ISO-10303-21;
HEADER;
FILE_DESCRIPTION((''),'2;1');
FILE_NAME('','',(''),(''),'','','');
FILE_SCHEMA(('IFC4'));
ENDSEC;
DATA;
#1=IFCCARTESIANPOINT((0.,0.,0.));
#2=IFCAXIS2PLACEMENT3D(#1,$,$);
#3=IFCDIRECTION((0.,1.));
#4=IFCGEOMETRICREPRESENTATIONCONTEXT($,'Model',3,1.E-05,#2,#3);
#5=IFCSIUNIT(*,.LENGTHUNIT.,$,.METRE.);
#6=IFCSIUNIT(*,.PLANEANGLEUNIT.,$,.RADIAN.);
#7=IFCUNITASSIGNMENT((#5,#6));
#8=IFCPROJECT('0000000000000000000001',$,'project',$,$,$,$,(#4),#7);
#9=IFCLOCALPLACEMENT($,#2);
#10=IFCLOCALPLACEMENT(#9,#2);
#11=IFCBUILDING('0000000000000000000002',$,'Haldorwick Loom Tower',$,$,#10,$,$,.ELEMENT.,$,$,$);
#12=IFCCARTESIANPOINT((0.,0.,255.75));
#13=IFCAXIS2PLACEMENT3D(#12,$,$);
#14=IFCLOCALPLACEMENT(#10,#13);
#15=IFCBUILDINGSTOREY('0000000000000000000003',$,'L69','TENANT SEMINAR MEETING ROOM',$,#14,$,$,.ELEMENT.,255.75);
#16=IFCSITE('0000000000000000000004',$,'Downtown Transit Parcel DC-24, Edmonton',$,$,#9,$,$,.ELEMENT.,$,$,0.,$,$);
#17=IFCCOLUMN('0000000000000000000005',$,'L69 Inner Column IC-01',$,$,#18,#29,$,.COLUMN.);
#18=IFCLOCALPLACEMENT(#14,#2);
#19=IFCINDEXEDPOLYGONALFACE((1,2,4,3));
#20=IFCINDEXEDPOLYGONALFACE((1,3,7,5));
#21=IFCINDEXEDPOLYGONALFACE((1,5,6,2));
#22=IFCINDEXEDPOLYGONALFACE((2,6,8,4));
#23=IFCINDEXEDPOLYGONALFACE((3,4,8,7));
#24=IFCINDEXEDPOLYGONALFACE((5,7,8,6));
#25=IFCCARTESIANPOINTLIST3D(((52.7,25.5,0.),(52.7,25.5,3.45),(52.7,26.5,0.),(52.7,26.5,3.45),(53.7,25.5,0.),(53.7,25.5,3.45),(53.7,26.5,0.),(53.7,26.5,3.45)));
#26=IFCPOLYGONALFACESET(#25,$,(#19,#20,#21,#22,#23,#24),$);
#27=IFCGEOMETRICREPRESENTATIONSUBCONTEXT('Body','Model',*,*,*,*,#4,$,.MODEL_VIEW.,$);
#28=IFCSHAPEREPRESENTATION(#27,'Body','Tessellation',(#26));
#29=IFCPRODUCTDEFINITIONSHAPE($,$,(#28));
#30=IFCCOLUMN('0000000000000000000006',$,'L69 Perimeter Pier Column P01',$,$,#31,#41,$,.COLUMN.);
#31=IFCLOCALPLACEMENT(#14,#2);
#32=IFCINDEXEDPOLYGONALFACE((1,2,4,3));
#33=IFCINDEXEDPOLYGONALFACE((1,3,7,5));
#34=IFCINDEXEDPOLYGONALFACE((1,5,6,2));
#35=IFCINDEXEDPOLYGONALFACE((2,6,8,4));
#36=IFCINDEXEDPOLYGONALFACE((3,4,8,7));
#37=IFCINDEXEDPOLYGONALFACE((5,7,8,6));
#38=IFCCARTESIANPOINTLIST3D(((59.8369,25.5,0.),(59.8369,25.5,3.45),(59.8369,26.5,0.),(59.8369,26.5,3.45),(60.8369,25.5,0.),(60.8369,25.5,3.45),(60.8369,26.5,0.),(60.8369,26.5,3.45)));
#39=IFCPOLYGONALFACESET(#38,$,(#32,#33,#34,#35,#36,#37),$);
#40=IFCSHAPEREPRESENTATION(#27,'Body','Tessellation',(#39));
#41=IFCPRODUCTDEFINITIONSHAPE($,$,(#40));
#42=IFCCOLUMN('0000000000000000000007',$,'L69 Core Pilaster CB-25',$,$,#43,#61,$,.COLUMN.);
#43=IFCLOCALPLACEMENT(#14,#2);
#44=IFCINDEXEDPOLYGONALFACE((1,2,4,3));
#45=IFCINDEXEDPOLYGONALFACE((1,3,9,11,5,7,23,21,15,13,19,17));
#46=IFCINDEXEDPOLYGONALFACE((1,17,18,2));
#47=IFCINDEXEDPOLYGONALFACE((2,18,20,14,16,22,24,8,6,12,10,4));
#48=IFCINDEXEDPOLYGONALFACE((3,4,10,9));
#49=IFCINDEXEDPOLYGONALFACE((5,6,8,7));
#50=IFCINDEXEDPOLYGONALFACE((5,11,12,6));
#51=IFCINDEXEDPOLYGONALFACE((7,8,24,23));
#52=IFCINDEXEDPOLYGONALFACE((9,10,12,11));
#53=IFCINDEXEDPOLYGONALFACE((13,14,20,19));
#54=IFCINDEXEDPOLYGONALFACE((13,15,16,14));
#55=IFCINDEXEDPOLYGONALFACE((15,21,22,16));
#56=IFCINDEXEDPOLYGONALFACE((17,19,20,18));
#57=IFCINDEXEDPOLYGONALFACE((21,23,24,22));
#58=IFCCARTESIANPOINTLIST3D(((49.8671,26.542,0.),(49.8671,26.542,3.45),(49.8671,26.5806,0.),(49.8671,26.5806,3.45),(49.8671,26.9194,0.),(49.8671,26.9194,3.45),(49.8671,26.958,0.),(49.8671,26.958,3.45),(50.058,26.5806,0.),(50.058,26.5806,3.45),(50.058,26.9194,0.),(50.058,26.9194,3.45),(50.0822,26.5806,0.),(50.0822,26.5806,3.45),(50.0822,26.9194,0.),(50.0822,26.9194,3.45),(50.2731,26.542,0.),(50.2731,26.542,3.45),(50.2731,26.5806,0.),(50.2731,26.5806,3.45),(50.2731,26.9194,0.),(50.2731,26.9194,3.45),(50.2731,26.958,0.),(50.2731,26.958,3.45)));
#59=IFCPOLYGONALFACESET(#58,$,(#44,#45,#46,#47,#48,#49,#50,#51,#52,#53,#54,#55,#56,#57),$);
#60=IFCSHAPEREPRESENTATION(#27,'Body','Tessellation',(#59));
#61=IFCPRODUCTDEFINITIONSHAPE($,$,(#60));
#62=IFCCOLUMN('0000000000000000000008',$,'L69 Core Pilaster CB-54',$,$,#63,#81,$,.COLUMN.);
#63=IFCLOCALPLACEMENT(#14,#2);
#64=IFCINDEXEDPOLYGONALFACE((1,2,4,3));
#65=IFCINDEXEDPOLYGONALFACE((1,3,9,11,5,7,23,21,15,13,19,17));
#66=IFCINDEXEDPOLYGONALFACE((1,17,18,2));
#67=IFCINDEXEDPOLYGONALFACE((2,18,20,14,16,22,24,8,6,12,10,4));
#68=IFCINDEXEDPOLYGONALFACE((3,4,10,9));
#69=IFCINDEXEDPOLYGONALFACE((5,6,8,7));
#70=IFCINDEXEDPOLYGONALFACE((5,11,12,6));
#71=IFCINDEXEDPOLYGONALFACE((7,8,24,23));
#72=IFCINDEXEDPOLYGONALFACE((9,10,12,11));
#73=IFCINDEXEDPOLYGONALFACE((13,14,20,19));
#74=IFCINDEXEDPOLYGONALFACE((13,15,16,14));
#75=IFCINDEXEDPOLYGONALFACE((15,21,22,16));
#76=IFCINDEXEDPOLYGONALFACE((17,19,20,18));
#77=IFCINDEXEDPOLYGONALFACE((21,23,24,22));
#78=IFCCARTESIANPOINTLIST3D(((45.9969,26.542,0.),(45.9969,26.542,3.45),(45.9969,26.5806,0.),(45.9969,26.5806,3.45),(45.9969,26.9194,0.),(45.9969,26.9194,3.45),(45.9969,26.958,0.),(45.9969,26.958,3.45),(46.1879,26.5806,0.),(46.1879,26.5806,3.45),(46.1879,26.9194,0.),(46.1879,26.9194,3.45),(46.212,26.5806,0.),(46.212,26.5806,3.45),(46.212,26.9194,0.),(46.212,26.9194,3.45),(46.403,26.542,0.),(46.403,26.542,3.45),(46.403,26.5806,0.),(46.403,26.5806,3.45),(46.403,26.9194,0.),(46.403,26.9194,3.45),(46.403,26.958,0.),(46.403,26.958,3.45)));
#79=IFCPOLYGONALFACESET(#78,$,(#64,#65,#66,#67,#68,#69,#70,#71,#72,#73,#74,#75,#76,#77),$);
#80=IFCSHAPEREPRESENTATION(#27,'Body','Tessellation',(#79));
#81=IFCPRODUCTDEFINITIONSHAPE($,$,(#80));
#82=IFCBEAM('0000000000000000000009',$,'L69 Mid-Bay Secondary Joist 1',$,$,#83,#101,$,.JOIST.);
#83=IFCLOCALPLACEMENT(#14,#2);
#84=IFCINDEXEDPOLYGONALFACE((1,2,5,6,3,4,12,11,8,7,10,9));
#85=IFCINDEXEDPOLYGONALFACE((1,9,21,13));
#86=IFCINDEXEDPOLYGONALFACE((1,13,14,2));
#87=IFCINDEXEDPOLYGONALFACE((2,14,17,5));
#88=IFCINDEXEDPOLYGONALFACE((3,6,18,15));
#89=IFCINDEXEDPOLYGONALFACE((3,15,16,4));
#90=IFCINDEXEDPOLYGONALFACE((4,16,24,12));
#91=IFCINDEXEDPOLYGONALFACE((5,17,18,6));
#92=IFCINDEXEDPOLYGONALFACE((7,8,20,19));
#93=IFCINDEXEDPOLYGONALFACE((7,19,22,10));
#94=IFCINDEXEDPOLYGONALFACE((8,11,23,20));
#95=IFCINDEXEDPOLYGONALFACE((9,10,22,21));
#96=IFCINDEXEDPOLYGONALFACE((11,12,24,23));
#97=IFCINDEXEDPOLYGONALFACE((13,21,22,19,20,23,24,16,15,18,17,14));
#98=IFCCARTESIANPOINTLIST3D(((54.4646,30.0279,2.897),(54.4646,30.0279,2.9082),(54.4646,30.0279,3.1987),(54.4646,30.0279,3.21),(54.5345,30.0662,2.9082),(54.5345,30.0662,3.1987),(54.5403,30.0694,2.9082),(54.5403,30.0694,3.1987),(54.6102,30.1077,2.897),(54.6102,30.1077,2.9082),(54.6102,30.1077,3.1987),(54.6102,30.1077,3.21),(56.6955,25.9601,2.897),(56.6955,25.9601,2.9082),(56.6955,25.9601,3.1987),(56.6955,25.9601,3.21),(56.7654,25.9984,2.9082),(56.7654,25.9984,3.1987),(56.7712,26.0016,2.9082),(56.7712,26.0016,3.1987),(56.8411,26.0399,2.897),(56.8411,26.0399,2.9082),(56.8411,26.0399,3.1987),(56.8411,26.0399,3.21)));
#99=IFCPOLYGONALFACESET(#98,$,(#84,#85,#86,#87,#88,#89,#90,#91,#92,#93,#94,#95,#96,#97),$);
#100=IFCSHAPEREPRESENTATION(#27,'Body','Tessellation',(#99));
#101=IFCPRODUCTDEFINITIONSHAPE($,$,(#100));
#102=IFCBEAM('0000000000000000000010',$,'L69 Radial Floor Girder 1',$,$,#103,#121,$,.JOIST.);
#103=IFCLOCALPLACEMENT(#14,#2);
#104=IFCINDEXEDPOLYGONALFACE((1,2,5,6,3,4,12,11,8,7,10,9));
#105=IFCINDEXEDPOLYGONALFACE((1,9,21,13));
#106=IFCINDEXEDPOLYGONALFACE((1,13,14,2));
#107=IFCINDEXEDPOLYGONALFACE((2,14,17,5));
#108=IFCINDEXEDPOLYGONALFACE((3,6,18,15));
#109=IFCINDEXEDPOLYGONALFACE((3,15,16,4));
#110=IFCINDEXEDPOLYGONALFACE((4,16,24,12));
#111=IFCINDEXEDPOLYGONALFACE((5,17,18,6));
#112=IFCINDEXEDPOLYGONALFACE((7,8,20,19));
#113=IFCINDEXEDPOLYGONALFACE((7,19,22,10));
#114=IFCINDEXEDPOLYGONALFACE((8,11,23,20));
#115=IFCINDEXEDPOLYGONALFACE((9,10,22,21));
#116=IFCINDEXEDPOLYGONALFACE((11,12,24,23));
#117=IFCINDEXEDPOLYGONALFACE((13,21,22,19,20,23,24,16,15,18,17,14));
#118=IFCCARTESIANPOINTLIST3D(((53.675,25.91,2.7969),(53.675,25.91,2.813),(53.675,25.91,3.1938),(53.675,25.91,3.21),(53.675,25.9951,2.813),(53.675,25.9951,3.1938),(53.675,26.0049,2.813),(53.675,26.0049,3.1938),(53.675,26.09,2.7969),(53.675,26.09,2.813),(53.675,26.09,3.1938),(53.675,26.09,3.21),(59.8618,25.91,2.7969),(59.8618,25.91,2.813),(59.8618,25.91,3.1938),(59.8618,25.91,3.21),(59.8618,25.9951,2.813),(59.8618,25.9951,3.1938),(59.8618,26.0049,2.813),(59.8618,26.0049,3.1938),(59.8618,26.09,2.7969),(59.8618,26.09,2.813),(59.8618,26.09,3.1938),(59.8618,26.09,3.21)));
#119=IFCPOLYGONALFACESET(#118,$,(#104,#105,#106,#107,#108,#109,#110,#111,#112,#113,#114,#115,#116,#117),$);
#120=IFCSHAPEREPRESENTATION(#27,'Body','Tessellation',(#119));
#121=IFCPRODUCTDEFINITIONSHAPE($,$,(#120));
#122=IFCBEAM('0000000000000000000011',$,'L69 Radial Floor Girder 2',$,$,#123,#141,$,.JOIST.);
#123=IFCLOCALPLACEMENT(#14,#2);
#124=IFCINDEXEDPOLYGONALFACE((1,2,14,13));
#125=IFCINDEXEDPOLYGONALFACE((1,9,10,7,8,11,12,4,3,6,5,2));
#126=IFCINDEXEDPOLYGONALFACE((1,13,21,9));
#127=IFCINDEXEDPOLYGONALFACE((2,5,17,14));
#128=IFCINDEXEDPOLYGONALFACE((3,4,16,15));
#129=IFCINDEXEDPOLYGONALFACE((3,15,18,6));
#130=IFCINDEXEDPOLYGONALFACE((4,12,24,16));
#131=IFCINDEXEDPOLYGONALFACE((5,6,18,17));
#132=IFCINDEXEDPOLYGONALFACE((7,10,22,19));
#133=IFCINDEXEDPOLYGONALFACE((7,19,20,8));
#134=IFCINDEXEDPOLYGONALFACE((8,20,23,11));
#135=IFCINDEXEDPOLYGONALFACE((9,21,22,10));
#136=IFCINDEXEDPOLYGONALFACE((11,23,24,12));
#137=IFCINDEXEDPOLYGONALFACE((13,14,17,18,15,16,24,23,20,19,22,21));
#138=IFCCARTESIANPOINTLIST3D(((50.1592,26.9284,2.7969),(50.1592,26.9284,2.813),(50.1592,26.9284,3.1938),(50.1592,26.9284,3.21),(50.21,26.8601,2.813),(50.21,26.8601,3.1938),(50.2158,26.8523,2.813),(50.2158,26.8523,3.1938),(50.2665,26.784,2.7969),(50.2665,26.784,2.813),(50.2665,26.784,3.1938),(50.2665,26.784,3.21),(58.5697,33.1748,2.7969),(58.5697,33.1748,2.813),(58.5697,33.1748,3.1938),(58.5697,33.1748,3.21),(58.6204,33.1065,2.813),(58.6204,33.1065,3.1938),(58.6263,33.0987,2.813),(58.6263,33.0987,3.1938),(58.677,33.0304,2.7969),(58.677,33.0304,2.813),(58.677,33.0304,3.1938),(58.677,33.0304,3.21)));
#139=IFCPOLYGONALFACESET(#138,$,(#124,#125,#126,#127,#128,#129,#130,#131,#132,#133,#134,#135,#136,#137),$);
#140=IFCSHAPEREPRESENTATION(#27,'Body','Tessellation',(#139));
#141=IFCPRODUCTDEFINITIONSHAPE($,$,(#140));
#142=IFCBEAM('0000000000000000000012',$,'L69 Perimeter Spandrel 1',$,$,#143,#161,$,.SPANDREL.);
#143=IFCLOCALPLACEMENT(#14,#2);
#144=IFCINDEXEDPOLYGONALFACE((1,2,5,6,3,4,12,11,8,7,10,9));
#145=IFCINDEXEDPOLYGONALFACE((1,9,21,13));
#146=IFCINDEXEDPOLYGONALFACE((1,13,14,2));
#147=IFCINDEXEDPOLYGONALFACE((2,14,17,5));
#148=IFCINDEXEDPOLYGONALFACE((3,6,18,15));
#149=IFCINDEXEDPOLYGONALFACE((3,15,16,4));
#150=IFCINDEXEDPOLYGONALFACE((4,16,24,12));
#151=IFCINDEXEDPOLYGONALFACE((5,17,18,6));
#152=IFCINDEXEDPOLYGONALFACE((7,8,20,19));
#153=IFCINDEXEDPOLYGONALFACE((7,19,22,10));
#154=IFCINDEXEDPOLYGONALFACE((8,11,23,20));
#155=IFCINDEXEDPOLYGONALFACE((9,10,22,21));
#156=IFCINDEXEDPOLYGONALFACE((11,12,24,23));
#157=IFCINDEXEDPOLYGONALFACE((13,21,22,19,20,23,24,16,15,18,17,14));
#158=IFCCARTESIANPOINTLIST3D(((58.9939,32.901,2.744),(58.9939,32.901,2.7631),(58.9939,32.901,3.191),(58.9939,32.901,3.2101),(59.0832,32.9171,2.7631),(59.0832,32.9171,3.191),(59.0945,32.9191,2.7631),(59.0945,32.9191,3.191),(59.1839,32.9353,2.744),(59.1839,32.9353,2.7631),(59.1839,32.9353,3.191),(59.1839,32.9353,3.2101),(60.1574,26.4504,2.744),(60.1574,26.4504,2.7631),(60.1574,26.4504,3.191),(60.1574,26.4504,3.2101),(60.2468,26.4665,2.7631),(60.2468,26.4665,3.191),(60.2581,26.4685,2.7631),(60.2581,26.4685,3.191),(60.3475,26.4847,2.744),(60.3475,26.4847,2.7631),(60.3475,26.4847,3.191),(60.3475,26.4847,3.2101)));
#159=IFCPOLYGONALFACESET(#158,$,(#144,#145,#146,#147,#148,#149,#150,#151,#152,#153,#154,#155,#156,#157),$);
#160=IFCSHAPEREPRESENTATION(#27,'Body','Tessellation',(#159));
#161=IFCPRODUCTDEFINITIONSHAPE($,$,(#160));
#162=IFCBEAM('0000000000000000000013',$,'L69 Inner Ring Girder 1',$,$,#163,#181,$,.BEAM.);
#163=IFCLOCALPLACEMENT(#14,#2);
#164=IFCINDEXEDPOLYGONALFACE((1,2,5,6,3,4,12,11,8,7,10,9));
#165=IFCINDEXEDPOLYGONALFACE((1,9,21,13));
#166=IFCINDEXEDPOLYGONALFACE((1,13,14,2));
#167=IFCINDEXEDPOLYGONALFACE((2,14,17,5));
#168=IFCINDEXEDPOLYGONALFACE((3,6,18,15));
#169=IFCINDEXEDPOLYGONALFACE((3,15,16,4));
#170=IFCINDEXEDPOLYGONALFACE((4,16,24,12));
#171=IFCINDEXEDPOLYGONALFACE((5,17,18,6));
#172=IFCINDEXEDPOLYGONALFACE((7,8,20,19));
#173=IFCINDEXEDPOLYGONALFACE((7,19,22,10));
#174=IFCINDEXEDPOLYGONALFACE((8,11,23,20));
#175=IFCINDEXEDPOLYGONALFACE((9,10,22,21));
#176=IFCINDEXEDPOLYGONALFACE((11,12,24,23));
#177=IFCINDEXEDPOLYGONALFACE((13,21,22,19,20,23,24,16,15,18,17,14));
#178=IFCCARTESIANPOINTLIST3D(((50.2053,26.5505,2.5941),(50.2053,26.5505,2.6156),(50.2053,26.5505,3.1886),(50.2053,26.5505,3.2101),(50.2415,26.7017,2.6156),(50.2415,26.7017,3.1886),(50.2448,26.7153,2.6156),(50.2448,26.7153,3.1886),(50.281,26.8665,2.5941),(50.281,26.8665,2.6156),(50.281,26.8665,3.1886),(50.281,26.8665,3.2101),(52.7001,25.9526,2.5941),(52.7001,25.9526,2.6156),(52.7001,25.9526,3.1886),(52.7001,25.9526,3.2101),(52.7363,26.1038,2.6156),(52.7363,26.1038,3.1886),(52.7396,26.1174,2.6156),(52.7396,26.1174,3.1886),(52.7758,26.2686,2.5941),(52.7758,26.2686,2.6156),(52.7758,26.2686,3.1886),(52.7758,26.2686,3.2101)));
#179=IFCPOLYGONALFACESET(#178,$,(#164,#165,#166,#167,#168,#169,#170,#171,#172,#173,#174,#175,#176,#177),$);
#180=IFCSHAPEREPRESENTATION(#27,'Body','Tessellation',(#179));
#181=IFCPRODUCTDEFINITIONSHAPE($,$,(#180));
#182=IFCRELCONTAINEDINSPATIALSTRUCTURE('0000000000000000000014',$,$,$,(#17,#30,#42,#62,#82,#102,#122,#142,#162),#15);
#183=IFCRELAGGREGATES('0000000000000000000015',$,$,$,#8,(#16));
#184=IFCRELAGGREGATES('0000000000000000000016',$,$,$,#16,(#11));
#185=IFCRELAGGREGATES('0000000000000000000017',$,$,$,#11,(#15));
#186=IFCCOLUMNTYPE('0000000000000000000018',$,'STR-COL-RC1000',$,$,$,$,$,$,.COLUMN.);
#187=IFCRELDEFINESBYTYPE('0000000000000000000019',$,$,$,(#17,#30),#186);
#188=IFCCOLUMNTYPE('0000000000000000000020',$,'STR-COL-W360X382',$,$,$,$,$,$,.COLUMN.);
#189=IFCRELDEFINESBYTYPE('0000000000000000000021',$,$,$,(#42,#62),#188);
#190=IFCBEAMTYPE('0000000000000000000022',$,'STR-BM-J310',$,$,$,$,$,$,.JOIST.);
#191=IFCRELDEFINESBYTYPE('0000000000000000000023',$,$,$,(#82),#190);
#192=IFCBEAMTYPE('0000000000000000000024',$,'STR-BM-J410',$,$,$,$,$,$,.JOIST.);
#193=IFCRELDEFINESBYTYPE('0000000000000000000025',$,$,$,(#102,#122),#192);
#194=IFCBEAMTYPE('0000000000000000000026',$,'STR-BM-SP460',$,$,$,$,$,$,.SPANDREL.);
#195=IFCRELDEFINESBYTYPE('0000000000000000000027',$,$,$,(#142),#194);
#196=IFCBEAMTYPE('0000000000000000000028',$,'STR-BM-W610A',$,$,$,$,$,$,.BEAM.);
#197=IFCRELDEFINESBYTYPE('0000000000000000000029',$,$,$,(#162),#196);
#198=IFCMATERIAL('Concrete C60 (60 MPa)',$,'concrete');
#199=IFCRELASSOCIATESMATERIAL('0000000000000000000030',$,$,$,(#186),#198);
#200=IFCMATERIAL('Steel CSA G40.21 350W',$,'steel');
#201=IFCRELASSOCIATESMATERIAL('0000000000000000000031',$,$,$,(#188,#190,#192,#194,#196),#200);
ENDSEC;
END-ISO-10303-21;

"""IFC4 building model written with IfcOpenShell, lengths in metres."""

from ifc_helpers import new_model, si_unit, direction, frame, origin, origin_2d, place, context, subcontext, project, spatial, rectangle, i_section, extrude, material, material_profile, profile_set, type_object, element, save


model = new_model("IFC4")

# Units and contexts
model_context = context("Model", 3, precision=1e-05, world=origin(), true_north=direction((0.0, 1.0)))
body_context = subcontext(model_context, "Body", "Model", "MODEL_VIEW")
ifc_project = project(units=[si_unit("LENGTHUNIT", "METRE"), si_unit("PLANEANGLEUNIT", "RADIAN")], contexts=[model_context])

# Site, building, storey
site_placement = place(None, origin())
site = spatial("IfcSite", under=ifc_project, at=site_placement, Name="Downtown Transit Parcel DC-24, Edmonton", CompositionType="ELEMENT", RefElevation=0.0)
building_placement = place(site_placement, origin())
building = spatial("IfcBuilding", under=site, at=building_placement, Name="Haldorwick Loom Tower", CompositionType="ELEMENT")
storey_placement = place(building_placement, frame((0.0, 0.0, 255.75)))
storey = spatial("IfcBuildingStorey", under=building, at=storey_placement, Name="L69", Description="TENANT SEMINAR MEETING ROOM", CompositionType="ELEMENT", Elevation=255.75)

# Columns
ifc_material_1 = material(Name="Concrete C60 (60 MPa)", Category="concrete")
ifc_material_profile_1 = material_profile(ifc_material_1, rectangle(XDim=1.0, YDim=1.0, at=origin_2d()), Name="RC1000X1000", Category="concrete")
ifc_profile_set_1 = profile_set([ifc_material_profile_1], Name="Concrete C60 (60 MPa)")
column_type_1 = type_object("IfcColumnType", Name="STR-COL-RC1000", PredefinedType="COLUMN", material=ifc_profile_set_1)
for number, where, z_axis, x_axis, name in (
    (1, (53.2, 26.0, 0.0), (0.0, 0.0, 1.0), (1.0, 0.0, 0.0), "L69 Inner Column IC-01"),
    (2, (60.3369, 26.0, 0.0), (0.0, 0.0, 1.0), (1.0, 0.0, 0.0), "L69 Perimeter Pier Column P01"),
):
    element("IfcColumn", number, at=place(storey_placement, frame(where, z_axis=z_axis, x_axis=x_axis)), inside=storey, type_object=column_type_1, Name=name, PredefinedType="COLUMN", context=body_context, shape_type="SweptSolid", body=[
        extrude(rectangle(XDim=1.0, YDim=1.0, at=origin_2d()), origin(), (0.0, 0.0, 1.0), 3.45),
    ])
ifc_material_2 = material(Name="Steel CSA G40.21 350W", Category="steel")
ifc_material_profile_2 = material_profile(ifc_material_2, i_section(OverallWidth=0.406, OverallDepth=0.416, WebThickness=0.0242, FlangeThickness=0.0386, at=origin_2d()), Name="W360X382", Category="steel")
ifc_profile_set_2 = profile_set([ifc_material_profile_2], Name="Steel CSA G40.21 350W")
column_type_2 = type_object("IfcColumnType", Name="STR-COL-W360X382", PredefinedType="COLUMN", material=ifc_profile_set_2)
for number, where, z_axis, x_axis, name in (
    (3, (50.0701, 26.75, 0.0), (0.0, 0.0, 1.0), (1.0, 0.0, 0.0), "L69 Core Pilaster CB-25"),
    (4, (46.2, 26.75, 0.0), (0.0, 0.0, 1.0), (1.0, 0.0, 0.0), "L69 Core Pilaster CB-54"),
):
    element("IfcColumn", number, at=place(storey_placement, frame(where, z_axis=z_axis, x_axis=x_axis)), inside=storey, type_object=column_type_2, Name=name, PredefinedType="COLUMN", context=body_context, shape_type="SweptSolid", body=[
        extrude(i_section(OverallWidth=0.406, OverallDepth=0.416, WebThickness=0.0242, FlangeThickness=0.0386, at=origin_2d()), origin(), (0.0, 0.0, 1.0), 3.45),
    ])

# Beams
ifc_material_profile_3 = material_profile(ifc_material_2, i_section(OverallWidth=0.166, OverallDepth=0.313, WebThickness=0.0066, FlangeThickness=0.0112, at=origin_2d()), Name="W310X45", Category="steel")
ifc_profile_set_3 = profile_set([ifc_material_profile_3], Name="Steel CSA G40.21 350W")
beam_type_1 = type_object("IfcBeamType", Name="STR-BM-J310", PredefinedType="JOIST", material=ifc_profile_set_3)
beam_1_placement = place(storey_placement, frame((56.7683, 26.0, 3.0535), z_axis=(-0.480864, 0.876795, 0.0), x_axis=(-0.876795, -0.480864, 0.0)))
element("IfcBeam", 5, at=beam_1_placement, inside=storey, type_object=beam_type_1, Name="L69 Mid-Bay Secondary Joist 1", PredefinedType="JOIST", context=body_context, shape_type="SweptSolid", body=[
    extrude(i_section(OverallWidth=0.166, OverallDepth=0.313, WebThickness=0.0066, FlangeThickness=0.0112, at=origin_2d()), origin(), (0.0, 0.0, 1.0), 4.6394),
])
ifc_material_profile_4 = material_profile(ifc_material_2, i_section(OverallWidth=0.1799, OverallDepth=0.4131, WebThickness=0.0098, FlangeThickness=0.0161, at=origin_2d()), Name="W410X74", Category="steel")
ifc_profile_set_4 = profile_set([ifc_material_profile_4], Name="Steel CSA G40.21 350W")
beam_type_2 = type_object("IfcBeamType", Name="STR-BM-J410", PredefinedType="JOIST", material=ifc_profile_set_4)
beam_2_placement = place(storey_placement, frame((53.675, 26.0, 3.0034), z_axis=(1.0, 0.0, 0.0), x_axis=(0.0, 1.0, 0.0)))
element("IfcBeam", 6, at=beam_2_placement, inside=storey, type_object=beam_type_2, Name="L69 Radial Floor Girder 1", PredefinedType="JOIST", context=body_context, shape_type="SweptSolid", body=[
    extrude(i_section(OverallWidth=0.1799, OverallDepth=0.4131, WebThickness=0.0098, FlangeThickness=0.0161, at=origin_2d()), origin(), (0.0, 0.0, 1.0), 6.1868),
])
beam_3_placement = place(storey_placement, frame((50.2129, 26.8562, 3.0034), z_axis=(0.802807, 0.596239, 0.0), x_axis=(-0.596239, 0.802807, 0.0)))
element("IfcBeam", 7, at=beam_3_placement, inside=storey, type_object=beam_type_2, Name="L69 Radial Floor Girder 2", PredefinedType="JOIST", context=body_context, shape_type="SweptSolid", body=[
    extrude(i_section(OverallWidth=0.1799, OverallDepth=0.4131, WebThickness=0.0098, FlangeThickness=0.0161, at=origin_2d()), origin(), (0.0, 0.0, 1.0), 10.4763),
])
ifc_material_profile_5 = material_profile(ifc_material_2, i_section(OverallWidth=0.1931, OverallDepth=0.4661, WebThickness=0.0115, FlangeThickness=0.019, at=origin_2d()), Name="W460X97", Category="steel")
ifc_profile_set_5 = profile_set([ifc_material_profile_5], Name="Steel CSA G40.21 350W")
beam_type_3 = type_object("IfcBeamType", Name="STR-BM-SP460", PredefinedType="SPANDREL", material=ifc_profile_set_5)
beam_4_placement = place(storey_placement, frame((60.2524, 26.4675, 2.9771), z_axis=(-0.177515, 0.984118, 0.0), x_axis=(-0.984118, -0.177515, 0.0)))
element("IfcBeam", 8, at=beam_4_placement, inside=storey, type_object=beam_type_3, Name="L69 Perimeter Spandrel 1", PredefinedType="SPANDREL", context=body_context, shape_type="SweptSolid", body=[
    extrude(i_section(OverallWidth=0.1931, OverallDepth=0.4661, WebThickness=0.0115, FlangeThickness=0.019, at=origin_2d()), origin(), (0.0, 0.0, 1.0), 6.5547),
])
ifc_material_profile_6 = material_profile(ifc_material_2, i_section(OverallWidth=0.325, OverallDepth=0.616, WebThickness=0.0139, FlangeThickness=0.0215, at=origin_2d()), Name="W610X174", Category="steel")
ifc_profile_set_6 = profile_set([ifc_material_profile_6], Name="Steel CSA G40.21 350W")
beam_type_4 = type_object("IfcBeamType", Name="STR-BM-W610A", PredefinedType="BEAM", material=ifc_profile_set_6)
beam_5_placement = place(storey_placement, frame((50.2432, 26.7085, 2.9021), z_axis=(0.972464, -0.233053, 0.0), x_axis=(0.233053, 0.972464, 0.0)))
element("IfcBeam", 9, at=beam_5_placement, inside=storey, type_object=beam_type_4, Name="L69 Inner Ring Girder 1", PredefinedType="BEAM", context=body_context, shape_type="SweptSolid", body=[
    extrude(i_section(OverallWidth=0.325, OverallDepth=0.616, WebThickness=0.0139, FlangeThickness=0.0215, at=origin_2d()), origin(), (0.0, 0.0, 1.0), 2.5654),
])

save(model, "model.ifc")
